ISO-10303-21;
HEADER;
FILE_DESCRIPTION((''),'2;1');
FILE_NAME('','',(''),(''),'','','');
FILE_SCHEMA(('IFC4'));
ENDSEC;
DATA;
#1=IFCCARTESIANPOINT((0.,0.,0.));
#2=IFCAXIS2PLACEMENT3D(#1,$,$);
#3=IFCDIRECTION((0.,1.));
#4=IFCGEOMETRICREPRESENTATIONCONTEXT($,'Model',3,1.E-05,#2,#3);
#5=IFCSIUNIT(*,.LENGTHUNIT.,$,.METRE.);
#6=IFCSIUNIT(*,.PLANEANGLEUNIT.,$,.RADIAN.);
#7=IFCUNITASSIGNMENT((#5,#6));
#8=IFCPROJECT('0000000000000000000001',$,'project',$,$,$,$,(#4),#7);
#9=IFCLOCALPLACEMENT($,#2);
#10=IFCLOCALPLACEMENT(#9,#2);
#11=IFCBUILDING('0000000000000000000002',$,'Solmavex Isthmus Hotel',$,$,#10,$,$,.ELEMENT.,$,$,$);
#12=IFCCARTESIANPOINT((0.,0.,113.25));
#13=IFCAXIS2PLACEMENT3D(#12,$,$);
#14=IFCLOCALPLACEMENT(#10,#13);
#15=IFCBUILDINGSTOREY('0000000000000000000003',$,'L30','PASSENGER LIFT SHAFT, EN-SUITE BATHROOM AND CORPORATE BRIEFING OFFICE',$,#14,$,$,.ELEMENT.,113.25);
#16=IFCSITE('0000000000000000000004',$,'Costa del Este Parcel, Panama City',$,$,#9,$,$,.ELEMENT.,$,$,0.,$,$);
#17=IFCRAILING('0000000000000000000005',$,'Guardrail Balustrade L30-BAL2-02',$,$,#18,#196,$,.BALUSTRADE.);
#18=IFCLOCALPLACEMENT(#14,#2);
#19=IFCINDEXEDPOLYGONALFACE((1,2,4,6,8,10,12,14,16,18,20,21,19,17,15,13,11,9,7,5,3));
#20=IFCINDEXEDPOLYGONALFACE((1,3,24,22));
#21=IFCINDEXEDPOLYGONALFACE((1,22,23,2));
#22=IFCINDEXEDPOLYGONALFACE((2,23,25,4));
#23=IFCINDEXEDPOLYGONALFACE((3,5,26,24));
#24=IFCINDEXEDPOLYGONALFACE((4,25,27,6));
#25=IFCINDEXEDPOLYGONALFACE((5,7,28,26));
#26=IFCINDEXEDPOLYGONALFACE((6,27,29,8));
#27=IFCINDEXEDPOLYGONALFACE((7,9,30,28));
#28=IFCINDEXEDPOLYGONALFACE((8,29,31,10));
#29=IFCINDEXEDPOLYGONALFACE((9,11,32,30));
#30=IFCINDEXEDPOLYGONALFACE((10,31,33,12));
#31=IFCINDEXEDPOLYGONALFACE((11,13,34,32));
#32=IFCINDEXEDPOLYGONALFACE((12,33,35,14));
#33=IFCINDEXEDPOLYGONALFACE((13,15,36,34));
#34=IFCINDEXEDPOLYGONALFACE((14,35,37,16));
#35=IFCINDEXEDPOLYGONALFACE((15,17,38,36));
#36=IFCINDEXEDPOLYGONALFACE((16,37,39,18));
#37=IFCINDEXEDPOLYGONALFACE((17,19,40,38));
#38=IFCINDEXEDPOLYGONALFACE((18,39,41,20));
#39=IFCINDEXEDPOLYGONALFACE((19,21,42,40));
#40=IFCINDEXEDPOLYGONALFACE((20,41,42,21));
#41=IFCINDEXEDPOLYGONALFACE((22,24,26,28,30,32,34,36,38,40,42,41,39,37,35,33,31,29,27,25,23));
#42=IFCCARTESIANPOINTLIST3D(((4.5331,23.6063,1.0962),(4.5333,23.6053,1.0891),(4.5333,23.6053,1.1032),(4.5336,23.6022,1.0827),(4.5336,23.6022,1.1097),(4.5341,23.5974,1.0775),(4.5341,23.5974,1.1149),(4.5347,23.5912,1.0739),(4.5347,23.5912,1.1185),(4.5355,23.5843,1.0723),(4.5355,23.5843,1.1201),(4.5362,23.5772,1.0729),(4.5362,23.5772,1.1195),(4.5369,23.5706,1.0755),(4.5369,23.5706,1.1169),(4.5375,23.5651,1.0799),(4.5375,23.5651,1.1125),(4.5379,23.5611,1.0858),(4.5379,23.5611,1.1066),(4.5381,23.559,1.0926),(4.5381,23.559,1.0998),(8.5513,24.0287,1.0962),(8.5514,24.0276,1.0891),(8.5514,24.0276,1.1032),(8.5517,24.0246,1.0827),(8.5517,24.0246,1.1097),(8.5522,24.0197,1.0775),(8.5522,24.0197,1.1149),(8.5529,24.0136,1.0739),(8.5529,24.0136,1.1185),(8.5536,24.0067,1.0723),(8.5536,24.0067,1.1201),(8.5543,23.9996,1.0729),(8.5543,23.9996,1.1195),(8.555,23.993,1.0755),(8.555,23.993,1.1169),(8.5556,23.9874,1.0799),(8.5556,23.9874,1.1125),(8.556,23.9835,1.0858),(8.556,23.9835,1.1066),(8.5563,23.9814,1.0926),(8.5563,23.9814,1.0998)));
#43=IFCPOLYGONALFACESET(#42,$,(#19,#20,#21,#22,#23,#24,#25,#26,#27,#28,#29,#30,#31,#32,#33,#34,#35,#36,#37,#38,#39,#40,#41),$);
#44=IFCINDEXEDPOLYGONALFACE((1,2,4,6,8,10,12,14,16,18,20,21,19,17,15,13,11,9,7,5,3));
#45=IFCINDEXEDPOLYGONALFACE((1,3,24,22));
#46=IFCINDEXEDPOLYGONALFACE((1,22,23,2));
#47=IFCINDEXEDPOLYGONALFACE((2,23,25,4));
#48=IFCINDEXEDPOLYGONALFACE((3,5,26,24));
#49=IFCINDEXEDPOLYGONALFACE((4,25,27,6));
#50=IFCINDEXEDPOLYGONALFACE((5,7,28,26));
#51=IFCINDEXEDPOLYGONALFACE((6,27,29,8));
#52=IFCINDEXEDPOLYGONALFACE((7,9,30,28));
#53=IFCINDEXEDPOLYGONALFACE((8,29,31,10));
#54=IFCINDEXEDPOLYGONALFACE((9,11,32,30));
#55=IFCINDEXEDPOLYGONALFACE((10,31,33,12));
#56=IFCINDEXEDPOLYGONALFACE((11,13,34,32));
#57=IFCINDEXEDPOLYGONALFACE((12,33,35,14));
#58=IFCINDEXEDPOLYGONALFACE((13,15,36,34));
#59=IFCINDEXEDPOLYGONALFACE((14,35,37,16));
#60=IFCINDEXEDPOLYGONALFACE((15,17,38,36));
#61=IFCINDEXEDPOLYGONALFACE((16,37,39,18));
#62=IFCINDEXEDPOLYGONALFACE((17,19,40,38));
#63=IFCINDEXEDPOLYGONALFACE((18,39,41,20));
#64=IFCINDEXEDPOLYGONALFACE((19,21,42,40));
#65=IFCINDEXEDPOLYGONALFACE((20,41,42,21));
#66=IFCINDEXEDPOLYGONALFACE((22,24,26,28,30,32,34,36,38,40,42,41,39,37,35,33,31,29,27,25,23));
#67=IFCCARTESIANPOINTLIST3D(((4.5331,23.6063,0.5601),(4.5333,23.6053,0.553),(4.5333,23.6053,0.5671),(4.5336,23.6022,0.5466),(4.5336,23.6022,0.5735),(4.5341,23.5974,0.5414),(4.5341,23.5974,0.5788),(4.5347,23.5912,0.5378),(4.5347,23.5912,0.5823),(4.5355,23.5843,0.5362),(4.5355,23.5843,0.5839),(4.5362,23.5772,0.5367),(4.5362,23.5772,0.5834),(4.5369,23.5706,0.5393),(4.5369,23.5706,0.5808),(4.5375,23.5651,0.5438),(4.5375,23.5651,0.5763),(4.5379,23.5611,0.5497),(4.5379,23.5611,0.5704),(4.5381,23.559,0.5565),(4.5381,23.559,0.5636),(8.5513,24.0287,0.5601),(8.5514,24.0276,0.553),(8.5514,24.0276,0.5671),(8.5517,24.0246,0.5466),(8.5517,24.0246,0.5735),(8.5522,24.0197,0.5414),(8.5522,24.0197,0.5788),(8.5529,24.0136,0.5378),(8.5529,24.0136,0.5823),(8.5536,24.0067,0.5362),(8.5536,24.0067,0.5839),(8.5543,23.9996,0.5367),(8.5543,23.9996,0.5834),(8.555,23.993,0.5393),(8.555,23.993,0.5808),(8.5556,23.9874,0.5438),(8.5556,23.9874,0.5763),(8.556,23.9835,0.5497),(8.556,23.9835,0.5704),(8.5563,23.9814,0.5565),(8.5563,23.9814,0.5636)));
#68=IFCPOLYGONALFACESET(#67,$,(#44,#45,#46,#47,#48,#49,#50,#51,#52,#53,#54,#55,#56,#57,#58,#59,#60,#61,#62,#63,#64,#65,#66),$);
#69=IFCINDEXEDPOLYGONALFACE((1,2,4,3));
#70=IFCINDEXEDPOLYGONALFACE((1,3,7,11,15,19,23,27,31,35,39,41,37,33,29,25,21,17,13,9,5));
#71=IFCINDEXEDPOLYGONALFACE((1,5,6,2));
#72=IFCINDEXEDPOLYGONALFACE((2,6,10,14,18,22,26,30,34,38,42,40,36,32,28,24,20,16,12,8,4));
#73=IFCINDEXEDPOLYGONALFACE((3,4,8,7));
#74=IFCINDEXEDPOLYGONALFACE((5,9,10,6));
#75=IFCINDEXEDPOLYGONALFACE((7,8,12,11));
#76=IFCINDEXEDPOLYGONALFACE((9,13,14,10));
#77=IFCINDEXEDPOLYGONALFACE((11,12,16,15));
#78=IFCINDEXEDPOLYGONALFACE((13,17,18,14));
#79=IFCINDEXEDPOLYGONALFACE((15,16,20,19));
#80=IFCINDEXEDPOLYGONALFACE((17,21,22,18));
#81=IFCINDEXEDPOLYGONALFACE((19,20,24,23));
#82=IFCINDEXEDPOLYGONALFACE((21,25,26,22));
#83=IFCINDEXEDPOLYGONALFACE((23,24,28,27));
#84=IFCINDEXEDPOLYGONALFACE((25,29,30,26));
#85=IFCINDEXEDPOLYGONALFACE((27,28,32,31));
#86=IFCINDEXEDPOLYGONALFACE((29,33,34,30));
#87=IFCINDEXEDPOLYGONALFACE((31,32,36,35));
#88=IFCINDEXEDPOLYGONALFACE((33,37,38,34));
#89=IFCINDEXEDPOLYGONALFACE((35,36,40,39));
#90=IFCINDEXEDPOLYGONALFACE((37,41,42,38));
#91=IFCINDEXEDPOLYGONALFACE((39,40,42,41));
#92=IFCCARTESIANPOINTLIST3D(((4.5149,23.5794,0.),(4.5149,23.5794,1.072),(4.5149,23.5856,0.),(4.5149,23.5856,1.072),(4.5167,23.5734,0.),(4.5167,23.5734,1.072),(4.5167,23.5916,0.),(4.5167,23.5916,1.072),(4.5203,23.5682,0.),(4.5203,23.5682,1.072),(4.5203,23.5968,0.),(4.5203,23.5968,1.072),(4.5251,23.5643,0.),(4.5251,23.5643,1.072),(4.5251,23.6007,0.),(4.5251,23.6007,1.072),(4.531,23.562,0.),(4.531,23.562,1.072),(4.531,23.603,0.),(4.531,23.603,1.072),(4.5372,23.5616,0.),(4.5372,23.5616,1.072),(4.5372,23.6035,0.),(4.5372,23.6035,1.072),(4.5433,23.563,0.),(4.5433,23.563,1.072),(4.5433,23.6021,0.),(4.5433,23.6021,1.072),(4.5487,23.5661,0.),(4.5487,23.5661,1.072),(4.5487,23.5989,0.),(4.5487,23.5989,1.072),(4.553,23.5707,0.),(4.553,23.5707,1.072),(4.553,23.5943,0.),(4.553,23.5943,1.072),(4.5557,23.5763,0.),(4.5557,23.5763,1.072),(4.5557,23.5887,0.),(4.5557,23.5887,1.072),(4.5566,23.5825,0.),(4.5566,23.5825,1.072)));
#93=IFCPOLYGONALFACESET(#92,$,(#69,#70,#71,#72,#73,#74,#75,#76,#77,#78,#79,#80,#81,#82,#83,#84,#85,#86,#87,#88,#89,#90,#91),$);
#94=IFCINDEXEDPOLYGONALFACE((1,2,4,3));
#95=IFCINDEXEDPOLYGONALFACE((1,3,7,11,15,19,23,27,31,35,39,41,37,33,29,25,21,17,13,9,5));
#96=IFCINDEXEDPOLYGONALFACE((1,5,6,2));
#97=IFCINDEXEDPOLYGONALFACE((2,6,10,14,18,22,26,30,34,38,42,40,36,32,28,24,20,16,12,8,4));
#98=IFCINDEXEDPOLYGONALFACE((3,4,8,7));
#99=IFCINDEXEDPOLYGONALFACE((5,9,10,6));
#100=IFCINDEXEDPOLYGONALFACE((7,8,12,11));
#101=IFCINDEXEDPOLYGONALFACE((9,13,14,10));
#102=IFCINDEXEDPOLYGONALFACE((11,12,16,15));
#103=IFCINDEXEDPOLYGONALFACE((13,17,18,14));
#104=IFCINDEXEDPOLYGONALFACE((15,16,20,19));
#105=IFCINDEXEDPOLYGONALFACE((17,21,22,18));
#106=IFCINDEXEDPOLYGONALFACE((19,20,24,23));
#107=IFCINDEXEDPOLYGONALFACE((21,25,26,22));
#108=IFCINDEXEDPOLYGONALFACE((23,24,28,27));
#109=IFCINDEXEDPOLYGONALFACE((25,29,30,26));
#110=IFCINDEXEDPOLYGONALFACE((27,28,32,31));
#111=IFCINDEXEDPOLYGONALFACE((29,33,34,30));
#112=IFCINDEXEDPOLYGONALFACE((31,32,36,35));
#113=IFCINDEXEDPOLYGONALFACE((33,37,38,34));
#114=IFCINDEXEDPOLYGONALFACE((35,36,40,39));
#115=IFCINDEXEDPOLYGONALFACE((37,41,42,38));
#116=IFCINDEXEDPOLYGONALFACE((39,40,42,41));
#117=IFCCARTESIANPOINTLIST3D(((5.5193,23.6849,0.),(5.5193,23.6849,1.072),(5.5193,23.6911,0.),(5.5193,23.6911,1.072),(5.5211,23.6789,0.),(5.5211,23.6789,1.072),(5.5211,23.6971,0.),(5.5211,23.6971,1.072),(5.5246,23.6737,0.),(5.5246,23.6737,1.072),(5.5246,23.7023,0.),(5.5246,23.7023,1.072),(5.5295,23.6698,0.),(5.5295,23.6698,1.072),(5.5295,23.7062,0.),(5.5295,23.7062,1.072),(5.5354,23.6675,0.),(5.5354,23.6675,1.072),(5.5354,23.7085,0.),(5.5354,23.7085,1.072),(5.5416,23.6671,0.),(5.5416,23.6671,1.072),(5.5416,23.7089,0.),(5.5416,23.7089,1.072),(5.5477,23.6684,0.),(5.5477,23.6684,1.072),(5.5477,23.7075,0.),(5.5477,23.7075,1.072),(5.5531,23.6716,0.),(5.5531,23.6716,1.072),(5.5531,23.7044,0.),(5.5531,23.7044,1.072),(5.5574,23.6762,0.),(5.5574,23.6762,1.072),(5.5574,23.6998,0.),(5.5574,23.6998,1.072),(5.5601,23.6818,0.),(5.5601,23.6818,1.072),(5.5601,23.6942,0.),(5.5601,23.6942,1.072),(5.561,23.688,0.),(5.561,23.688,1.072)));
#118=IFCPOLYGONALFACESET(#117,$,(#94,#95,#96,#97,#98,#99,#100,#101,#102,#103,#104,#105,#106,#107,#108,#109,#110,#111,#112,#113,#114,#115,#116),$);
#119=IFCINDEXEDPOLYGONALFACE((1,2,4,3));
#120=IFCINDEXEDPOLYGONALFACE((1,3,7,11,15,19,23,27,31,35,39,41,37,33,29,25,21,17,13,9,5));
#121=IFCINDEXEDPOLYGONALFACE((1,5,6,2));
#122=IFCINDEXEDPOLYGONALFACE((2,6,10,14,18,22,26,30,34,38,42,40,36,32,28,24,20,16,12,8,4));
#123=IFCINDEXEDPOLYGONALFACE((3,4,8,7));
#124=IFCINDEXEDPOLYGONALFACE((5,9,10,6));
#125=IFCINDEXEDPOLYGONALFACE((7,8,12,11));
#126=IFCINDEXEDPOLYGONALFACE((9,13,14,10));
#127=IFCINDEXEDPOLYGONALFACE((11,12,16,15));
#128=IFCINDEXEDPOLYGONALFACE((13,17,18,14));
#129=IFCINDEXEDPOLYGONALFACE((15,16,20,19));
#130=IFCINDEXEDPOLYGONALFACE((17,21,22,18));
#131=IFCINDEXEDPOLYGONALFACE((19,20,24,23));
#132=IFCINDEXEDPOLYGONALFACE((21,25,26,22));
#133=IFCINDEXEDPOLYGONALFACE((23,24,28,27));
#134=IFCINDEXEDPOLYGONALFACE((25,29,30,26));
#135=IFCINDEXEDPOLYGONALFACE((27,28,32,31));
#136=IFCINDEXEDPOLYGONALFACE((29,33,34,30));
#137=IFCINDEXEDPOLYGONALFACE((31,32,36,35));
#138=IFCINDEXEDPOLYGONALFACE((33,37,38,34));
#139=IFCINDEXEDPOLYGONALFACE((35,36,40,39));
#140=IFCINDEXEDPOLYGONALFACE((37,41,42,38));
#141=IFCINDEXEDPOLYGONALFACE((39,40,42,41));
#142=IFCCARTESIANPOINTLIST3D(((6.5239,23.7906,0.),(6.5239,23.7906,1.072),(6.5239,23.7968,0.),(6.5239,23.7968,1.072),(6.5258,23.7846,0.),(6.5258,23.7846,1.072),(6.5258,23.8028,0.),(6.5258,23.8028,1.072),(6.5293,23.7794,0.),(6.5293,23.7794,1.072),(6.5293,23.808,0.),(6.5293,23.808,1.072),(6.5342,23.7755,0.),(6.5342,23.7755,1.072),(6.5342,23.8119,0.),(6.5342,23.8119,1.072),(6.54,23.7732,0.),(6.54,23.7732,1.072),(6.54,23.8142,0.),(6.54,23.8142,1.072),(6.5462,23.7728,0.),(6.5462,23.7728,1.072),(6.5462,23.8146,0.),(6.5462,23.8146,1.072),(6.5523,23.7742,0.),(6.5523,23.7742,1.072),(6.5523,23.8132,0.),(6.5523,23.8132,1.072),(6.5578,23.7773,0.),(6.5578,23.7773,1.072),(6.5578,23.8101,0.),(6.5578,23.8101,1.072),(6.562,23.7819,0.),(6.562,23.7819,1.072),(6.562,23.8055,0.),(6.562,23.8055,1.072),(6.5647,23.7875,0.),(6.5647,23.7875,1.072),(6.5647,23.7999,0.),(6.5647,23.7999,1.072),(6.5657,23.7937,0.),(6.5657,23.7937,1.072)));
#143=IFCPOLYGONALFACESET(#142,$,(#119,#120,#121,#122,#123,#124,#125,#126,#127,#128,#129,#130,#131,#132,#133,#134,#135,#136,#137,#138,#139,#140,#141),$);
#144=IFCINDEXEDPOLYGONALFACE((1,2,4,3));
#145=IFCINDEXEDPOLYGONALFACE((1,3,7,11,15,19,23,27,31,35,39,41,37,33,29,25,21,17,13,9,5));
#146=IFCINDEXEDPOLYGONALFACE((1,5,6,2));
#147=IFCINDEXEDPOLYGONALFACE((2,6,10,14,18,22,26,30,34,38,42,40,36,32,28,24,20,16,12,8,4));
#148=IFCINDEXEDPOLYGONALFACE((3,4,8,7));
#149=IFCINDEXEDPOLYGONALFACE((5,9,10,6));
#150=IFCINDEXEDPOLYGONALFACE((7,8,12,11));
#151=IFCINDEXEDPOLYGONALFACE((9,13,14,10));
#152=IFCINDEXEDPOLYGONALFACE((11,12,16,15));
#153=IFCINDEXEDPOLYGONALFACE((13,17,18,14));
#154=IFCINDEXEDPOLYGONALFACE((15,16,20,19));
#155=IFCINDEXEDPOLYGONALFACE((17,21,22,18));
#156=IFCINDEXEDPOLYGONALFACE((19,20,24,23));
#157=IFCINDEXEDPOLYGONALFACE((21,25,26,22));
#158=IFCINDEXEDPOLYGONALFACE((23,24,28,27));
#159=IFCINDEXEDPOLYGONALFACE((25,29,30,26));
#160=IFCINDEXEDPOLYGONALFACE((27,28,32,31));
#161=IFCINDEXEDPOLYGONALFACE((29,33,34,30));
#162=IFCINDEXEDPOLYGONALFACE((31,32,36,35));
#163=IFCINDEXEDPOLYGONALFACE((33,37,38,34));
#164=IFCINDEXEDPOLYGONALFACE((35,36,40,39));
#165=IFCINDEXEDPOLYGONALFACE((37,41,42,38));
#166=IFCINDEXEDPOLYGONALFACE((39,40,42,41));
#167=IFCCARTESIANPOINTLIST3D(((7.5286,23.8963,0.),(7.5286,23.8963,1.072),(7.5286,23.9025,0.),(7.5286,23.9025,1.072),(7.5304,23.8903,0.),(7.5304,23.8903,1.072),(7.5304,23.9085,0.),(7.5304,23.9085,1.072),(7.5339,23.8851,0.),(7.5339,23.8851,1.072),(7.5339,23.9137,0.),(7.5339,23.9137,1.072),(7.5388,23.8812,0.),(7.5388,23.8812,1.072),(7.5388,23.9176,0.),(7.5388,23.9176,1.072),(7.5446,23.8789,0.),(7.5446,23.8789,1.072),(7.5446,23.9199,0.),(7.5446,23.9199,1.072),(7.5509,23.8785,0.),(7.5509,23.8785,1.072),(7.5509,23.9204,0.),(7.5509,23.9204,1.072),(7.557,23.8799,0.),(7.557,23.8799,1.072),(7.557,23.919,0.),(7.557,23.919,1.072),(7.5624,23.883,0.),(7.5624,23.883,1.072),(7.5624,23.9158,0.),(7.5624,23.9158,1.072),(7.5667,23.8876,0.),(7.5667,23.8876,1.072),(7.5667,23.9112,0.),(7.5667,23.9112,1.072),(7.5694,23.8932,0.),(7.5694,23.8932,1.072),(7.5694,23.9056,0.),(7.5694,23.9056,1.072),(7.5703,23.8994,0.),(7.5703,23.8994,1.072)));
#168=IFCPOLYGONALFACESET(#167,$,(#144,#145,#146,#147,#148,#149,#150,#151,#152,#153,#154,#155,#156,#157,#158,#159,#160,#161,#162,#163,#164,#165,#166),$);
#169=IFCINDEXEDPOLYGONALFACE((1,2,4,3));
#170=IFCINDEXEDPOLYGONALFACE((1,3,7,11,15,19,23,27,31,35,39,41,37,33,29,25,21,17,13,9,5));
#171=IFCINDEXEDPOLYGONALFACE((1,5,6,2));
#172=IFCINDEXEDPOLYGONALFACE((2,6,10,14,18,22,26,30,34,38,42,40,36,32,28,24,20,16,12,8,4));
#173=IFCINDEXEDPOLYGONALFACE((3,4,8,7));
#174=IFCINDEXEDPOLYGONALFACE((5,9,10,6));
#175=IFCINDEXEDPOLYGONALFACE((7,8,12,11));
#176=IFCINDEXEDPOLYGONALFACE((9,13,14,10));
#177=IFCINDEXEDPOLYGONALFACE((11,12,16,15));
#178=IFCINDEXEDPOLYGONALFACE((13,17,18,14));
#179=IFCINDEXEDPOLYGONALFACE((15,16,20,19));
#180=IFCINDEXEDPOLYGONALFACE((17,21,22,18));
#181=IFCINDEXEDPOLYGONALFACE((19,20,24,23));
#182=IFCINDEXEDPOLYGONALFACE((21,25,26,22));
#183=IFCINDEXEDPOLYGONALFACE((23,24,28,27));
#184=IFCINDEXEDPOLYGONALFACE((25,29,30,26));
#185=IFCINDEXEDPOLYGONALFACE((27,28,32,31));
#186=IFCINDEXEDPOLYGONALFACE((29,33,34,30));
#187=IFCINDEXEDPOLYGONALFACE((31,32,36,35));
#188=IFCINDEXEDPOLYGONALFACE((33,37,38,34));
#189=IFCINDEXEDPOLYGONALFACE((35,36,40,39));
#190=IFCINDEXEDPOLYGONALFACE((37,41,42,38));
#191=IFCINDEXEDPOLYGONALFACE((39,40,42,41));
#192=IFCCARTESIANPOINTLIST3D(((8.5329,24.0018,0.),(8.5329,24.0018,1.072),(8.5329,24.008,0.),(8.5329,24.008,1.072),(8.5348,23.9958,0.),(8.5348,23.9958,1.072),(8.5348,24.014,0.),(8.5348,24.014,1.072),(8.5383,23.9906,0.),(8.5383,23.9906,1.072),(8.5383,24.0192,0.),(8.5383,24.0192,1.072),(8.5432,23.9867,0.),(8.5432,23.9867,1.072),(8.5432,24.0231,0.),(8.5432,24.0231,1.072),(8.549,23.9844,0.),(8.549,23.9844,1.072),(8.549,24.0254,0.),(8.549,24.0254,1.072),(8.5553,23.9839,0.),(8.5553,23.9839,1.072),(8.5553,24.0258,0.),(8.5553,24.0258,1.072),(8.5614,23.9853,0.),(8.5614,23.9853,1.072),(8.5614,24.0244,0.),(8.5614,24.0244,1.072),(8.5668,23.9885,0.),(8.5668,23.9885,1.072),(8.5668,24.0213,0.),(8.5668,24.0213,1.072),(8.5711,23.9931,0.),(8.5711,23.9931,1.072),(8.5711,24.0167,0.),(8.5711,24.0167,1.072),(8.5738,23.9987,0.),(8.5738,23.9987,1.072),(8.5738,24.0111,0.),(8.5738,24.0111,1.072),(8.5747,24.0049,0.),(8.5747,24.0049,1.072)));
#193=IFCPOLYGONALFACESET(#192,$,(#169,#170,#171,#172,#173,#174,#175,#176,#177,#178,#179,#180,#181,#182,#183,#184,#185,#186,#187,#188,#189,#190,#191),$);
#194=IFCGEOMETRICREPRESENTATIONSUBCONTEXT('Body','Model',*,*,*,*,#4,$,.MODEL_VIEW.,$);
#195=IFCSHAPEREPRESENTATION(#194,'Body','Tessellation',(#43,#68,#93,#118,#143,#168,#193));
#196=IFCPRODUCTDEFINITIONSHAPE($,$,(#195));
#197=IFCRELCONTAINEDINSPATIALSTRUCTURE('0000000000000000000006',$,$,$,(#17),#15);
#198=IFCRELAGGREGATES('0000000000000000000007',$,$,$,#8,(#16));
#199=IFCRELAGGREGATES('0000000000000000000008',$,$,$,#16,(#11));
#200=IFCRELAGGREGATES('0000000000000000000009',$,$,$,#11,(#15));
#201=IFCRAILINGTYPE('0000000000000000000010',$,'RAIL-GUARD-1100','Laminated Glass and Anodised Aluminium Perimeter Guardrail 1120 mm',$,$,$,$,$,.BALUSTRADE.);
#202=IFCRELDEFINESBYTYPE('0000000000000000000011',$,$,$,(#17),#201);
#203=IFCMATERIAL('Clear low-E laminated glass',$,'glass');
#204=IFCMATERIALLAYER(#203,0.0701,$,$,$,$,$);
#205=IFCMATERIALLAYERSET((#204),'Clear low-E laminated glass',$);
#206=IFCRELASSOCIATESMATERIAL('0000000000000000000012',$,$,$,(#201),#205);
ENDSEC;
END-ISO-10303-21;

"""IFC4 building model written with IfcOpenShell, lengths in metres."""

from ifc_helpers import new_model, si_unit, direction, frame, origin, origin_2d, place, context, subcontext, project, spatial, circle, extrude, material, layer, layer_set, type_object, element, save


model = new_model("IFC4")

# Units and contexts
model_context = context("Model", 3, precision=1e-05, world=origin(), true_north=direction((0.0, 1.0)))
body_context = subcontext(model_context, "Body", "Model", "MODEL_VIEW")
ifc_project = project(units=[si_unit("LENGTHUNIT", "METRE"), si_unit("PLANEANGLEUNIT", "RADIAN")], contexts=[model_context])

# Site, building, storey
site_placement = place(None, origin())
site = spatial("IfcSite", under=ifc_project, at=site_placement, Name="Costa del Este Parcel, Panama City", CompositionType="ELEMENT", RefElevation=0.0)
building_placement = place(site_placement, origin())
building = spatial("IfcBuilding", under=site, at=building_placement, Name="Solmavex Isthmus Hotel", CompositionType="ELEMENT")
storey_placement = place(building_placement, frame((0.0, 0.0, 113.25)))
storey = spatial("IfcBuildingStorey", under=building, at=storey_placement, Name="L30", Description="PASSENGER LIFT SHAFT, EN-SUITE BATHROOM AND CORPORATE BRIEFING OFFICE", CompositionType="ELEMENT", Elevation=113.25)

# Shared definitions
ifc_material_1 = material(Name="Clear low-E laminated glass", Category="glass")

# Railing
ifc_layer_1 = layer(ifc_material_1, 0.0701)
ifc_layer_set_1 = layer_set([ifc_layer_1], Name="Clear low-E laminated glass")
railing_type = type_object("IfcRailingType", Name="RAIL-GUARD-1100", Description="Laminated Glass and Anodised Aluminium Perimeter Guardrail 1120 mm", PredefinedType="BALUSTRADE", material=ifc_layer_set_1)
railing_1_placement = place(storey_placement, frame((4.5356, 23.5825, 0.0)))
element("IfcRailing", 1, at=railing_1_placement, inside=storey, type_object=railing_type, Name="Guardrail Balustrade L30-BAL2-02", PredefinedType="BALUSTRADE", context=body_context, shape_type="SweptSolid", body=[
    extrude(circle(Radius=0.0239, at=origin_2d()), frame((0.0, 0.0, 1.0962), z_axis=(0.994521, 0.10454, 0.0), x_axis=(-0.10454, 0.994521, 0.0)), (0.0, 0.0, 1.0), 4.0403),
    extrude(circle(Radius=0.0239, at=origin_2d()), frame((0.0, 0.0, 0.5601), z_axis=(0.994521, 0.10454, 0.0), x_axis=(-0.10454, 0.994521, 0.0)), (0.0, 0.0, 1.0), 4.0403),
    extrude(circle(Radius=0.021, at=origin_2d()), origin(), (0.0, 0.0, 1.0), 1.072),
    extrude(circle(Radius=0.021, at=origin_2d()), frame((1.0044, 0.1055, 0.0)), (0.0, 0.0, 1.0), 1.072),
    extrude(circle(Radius=0.021, at=origin_2d()), frame((2.009, 0.2112, 0.0)), (0.0, 0.0, 1.0), 1.072),
    extrude(circle(Radius=0.021, at=origin_2d()), frame((3.0137, 0.3169, 0.0)), (0.0, 0.0, 1.0), 1.072),
    extrude(circle(Radius=0.021, at=origin_2d()), frame((4.0181, 0.4224, 0.0)), (0.0, 0.0, 1.0), 1.072),
])

save(model, "model.ifc")
